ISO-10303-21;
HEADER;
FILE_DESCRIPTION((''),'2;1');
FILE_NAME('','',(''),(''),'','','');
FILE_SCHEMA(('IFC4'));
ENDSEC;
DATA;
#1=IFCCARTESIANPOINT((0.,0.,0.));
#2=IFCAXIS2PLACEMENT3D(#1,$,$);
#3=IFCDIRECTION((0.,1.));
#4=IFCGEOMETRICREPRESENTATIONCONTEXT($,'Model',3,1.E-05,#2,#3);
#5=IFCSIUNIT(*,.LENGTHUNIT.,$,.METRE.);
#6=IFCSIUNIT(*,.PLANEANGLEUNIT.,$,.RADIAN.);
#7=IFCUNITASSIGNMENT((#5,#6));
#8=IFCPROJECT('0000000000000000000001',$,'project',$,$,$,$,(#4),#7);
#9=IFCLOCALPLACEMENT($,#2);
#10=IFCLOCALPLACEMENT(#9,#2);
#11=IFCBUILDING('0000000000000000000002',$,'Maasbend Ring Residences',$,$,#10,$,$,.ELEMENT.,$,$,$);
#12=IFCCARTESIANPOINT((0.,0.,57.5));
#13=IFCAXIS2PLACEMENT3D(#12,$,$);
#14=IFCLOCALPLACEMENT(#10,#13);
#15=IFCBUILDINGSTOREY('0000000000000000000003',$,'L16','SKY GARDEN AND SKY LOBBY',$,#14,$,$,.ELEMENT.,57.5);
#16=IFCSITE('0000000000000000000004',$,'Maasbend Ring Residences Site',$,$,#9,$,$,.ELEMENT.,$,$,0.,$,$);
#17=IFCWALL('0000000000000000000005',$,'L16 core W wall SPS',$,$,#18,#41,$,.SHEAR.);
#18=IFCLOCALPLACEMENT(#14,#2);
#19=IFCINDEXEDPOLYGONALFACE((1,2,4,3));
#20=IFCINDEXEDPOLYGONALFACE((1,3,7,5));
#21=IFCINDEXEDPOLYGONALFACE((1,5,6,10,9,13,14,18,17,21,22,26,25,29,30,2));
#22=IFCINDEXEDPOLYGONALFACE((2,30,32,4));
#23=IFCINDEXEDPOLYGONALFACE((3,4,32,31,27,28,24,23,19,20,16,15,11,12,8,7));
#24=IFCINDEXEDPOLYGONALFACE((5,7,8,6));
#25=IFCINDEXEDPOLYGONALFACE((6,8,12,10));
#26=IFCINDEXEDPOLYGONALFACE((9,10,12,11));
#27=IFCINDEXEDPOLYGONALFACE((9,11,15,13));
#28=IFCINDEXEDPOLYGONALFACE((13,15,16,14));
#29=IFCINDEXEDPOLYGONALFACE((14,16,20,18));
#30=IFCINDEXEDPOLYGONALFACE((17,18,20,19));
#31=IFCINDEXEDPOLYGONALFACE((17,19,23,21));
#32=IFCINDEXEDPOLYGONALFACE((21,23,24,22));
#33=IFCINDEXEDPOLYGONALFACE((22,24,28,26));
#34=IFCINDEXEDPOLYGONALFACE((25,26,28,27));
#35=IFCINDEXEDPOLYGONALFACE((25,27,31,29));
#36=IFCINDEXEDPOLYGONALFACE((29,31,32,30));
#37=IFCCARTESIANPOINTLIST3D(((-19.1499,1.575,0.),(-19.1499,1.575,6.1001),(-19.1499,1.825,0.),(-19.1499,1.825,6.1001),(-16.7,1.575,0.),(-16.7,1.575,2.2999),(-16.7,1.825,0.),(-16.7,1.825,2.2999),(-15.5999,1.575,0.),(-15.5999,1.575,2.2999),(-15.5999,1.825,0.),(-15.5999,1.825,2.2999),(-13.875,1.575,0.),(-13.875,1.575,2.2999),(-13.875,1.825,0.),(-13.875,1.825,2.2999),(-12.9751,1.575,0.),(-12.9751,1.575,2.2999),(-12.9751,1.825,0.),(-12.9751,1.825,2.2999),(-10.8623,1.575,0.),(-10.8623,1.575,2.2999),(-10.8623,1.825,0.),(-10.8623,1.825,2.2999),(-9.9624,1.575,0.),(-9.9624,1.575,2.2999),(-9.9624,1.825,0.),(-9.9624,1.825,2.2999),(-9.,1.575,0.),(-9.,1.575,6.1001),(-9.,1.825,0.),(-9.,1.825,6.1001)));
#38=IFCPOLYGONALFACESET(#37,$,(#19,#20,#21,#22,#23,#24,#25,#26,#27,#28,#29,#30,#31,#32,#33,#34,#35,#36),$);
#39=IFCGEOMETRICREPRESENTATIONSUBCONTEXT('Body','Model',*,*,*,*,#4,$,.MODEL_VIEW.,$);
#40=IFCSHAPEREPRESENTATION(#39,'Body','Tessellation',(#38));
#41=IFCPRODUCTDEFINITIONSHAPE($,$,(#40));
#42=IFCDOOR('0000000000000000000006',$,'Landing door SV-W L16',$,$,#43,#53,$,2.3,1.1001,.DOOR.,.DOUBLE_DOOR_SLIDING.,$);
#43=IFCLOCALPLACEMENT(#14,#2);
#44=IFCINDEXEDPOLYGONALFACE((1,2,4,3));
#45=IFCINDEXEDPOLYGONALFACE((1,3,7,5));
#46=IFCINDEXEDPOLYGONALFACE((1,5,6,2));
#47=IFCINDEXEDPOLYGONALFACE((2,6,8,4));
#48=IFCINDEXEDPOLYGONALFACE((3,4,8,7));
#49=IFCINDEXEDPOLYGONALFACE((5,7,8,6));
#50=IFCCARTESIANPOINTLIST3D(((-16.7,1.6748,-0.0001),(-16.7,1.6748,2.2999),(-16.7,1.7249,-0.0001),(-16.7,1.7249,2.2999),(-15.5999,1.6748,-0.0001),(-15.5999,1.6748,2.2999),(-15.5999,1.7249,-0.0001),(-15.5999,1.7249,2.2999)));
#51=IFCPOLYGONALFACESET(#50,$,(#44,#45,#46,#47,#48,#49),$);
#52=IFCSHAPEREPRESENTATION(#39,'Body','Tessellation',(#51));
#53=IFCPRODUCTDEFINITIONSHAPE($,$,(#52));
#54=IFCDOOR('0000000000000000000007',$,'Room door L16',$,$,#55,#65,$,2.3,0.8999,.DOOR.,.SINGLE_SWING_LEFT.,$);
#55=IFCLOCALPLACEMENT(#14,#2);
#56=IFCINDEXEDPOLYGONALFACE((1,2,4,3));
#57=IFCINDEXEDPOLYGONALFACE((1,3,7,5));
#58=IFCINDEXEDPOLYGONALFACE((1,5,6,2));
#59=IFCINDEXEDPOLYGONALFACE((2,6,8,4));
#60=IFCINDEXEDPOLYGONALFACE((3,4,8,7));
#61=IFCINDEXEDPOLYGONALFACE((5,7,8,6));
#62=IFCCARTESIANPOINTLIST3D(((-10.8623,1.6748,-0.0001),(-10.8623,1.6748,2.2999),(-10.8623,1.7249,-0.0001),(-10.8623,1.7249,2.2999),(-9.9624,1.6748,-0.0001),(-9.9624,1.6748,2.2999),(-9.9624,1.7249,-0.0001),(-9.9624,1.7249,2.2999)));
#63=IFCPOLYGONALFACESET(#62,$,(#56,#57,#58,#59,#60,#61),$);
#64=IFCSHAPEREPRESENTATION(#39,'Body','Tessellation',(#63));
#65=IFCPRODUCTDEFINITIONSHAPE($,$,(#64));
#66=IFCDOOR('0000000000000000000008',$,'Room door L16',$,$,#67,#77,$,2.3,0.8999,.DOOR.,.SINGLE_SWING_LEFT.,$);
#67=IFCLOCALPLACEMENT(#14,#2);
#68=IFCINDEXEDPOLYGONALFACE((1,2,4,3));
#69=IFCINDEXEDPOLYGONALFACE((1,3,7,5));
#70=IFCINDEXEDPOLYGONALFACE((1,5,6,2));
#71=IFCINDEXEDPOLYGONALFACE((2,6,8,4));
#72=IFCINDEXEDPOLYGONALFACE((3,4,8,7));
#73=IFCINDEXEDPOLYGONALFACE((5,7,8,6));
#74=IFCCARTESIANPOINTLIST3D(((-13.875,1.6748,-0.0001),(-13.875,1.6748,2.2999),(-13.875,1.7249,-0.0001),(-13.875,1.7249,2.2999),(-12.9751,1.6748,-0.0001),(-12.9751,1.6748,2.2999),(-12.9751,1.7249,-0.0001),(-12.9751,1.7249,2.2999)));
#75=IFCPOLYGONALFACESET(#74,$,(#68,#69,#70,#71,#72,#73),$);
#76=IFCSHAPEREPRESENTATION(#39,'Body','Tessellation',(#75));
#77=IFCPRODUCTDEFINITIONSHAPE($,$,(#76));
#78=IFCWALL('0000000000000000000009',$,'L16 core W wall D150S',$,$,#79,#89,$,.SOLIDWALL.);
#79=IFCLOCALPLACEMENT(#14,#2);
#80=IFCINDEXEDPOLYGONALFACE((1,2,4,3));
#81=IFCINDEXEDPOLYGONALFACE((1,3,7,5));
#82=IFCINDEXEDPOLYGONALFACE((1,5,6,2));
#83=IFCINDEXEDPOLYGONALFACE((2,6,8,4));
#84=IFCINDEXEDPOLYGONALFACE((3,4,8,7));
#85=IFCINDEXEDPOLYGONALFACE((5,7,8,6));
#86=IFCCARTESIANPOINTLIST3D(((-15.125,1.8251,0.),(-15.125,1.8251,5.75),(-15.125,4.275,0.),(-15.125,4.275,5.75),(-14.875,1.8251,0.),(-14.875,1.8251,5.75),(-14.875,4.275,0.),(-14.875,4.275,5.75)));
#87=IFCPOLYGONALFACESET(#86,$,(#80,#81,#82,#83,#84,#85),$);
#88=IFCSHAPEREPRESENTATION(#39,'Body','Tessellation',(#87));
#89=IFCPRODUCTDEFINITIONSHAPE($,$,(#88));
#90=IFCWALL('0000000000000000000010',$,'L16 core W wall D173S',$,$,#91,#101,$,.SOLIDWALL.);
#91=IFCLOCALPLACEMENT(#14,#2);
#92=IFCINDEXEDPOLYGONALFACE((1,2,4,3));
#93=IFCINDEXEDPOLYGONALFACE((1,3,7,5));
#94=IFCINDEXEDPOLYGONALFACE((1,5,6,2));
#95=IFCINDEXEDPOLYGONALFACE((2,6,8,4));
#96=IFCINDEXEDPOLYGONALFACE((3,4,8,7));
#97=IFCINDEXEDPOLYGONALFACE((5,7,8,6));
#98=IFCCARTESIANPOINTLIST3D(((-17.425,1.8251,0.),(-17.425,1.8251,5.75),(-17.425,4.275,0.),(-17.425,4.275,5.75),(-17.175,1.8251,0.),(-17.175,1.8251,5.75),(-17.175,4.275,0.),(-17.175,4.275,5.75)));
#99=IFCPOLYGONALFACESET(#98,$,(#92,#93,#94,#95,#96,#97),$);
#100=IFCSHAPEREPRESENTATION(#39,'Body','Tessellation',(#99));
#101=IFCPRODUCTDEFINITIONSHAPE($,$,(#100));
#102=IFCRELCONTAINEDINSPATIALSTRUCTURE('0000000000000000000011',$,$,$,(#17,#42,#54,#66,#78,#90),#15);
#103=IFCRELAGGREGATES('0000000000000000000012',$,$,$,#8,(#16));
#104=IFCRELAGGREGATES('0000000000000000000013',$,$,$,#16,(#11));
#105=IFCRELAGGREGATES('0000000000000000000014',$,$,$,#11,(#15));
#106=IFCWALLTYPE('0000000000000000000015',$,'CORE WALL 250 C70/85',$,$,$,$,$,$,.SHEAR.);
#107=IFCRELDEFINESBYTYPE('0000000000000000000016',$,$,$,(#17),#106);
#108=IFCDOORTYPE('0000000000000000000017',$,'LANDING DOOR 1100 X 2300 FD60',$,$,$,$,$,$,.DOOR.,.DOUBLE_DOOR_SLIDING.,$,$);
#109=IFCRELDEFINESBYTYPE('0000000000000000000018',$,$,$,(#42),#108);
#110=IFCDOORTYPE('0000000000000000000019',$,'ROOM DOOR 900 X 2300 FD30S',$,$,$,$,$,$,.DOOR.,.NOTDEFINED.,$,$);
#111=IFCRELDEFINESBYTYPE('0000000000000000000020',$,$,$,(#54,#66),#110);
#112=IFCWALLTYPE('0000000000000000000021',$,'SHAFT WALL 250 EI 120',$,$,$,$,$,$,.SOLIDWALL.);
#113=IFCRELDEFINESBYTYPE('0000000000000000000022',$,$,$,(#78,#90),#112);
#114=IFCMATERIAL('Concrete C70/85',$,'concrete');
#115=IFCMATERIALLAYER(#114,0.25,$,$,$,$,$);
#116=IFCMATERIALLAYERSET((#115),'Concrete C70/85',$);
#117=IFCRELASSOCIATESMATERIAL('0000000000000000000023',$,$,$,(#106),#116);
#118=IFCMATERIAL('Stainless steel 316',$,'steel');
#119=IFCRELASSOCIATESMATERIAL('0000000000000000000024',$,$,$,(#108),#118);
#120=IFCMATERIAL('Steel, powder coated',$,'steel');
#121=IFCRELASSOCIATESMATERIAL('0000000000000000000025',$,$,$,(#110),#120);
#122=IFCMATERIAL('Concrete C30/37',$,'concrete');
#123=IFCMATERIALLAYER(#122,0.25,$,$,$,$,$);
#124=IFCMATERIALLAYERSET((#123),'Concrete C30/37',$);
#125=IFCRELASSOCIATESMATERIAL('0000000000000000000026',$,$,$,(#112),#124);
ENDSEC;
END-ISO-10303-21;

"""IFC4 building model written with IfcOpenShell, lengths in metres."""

from ifc_helpers import new_model, si_unit, direction, frame, frame_2d, origin, place, context, subcontext, project, spatial, rectangle, extrude, material, layer, layer_set, type_object, element, fill, save


model = new_model("IFC4")

# Units and contexts
model_context = context("Model", 3, precision=1e-05, world=origin(), true_north=direction((0.0, 1.0)))
body_context = subcontext(model_context, "Body", "Model", "MODEL_VIEW")
ifc_project = project(units=[si_unit("LENGTHUNIT", "METRE"), si_unit("PLANEANGLEUNIT", "RADIAN")], contexts=[model_context])

# Site, building, storey
site_placement = place(None, origin())
site = spatial("IfcSite", under=ifc_project, at=site_placement, Name="Maasbend Ring Residences Site", CompositionType="ELEMENT", RefElevation=0.0)
building_placement = place(site_placement, origin())
building = spatial("IfcBuilding", under=site, at=building_placement, Name="Maasbend Ring Residences", CompositionType="ELEMENT")
storey_placement = place(building_placement, frame((0.0, 0.0, 57.5)))
storey = spatial("IfcBuildingStorey", under=building, at=storey_placement, Name="L16", Description="SKY GARDEN AND SKY LOBBY", CompositionType="ELEMENT", Elevation=57.5)

# Wall, openings, doors
ifc_material_1 = material(Name="Concrete C70/85", Category="concrete")
ifc_layer_1 = layer(ifc_material_1, 0.25)
ifc_layer_set_1 = layer_set([ifc_layer_1], Name="Concrete C70/85")
wall_type_1 = type_object("IfcWallType", Name="CORE WALL 250 C70/85", PredefinedType="SHEAR", material=ifc_layer_set_1)
wall_placement = place(storey_placement, frame((-19.1499, 1.7, 0.0), z_axis=(0.0, 0.0, 1.0), x_axis=(1.0, 0.0, 0.0)))
wall = element("IfcWall", 1, at=wall_placement, inside=storey, type_object=wall_type_1, Name="L16 core W wall SPS", PredefinedType="SHEAR", context=body_context, shape_type="SweptSolid", body=[
    extrude(rectangle(XDim=10.1499, YDim=0.25, at=frame_2d((5.075, 0.0))), origin(), (0.0, 0.0, 1.0), 6.1001),
])
opening_1_placement = place(wall_placement, frame((2.45, 0.0, 0.0)))
opening_1 = element("IfcOpeningElement", 2, at=opening_1_placement, cuts=wall, PredefinedType="OPENING", context=body_context, shape_type="SweptSolid", body=[
    extrude(rectangle(XDim=1.1001, YDim=2.3, at=frame_2d((0.55, 1.1499))), frame((0.0, 0.135, 0.0), z_axis=(0.0, -1.0, 0.0), x_axis=(1.0, 0.0, 0.0)), (0.0, 0.0, 1.0), 0.27),
])
opening_2_placement = place(wall_placement, frame((8.2876, 0.0, 0.0)))
opening_2 = element("IfcOpeningElement", 3, at=opening_2_placement, cuts=wall, PredefinedType="OPENING", context=body_context, shape_type="SweptSolid", body=[
    extrude(rectangle(XDim=0.8999, YDim=2.3, at=frame_2d((0.45, 1.1499))), frame((0.0, 0.135, 0.0), z_axis=(0.0, -1.0, 0.0), x_axis=(1.0, 0.0, 0.0)), (0.0, 0.0, 1.0), 0.27),
])
opening_3_placement = place(wall_placement, frame((5.2749, 0.0, 0.0)))
opening_3 = element("IfcOpeningElement", 4, at=opening_3_placement, cuts=wall, PredefinedType="OPENING", context=body_context, shape_type="SweptSolid", body=[
    extrude(rectangle(XDim=0.8999, YDim=2.3, at=frame_2d((0.45, 1.1499))), frame((0.0, 0.135, 0.0), z_axis=(0.0, -1.0, 0.0), x_axis=(1.0, 0.0, 0.0)), (0.0, 0.0, 1.0), 0.27),
])
ifc_material_2 = material(Name="Stainless steel 316", Category="steel")
door_type_1 = type_object("IfcDoorType", Name="LANDING DOOR 1100 X 2300 FD60", OperationType="DOUBLE_DOOR_SLIDING", PredefinedType="DOOR", material=ifc_material_2)
door_1_placement = place(opening_1_placement, origin())
door_1 = element("IfcDoor", 5, at=door_1_placement, inside=storey, type_object=door_type_1, Name="Landing door SV-W L16", OperationType="DOUBLE_DOOR_SLIDING", OverallHeight=2.3, OverallWidth=1.1001, PredefinedType="DOOR", context=body_context, shape_type="SweptSolid", body=[
    extrude(rectangle(XDim=1.1001, YDim=2.3, at=frame_2d((0.55, 1.1499))), frame((0.0, 0.0249, 0.0), z_axis=(0.0, -1.0, 0.0), x_axis=(1.0, 0.0, 0.0)), (0.0, 0.0, 1.0), 0.05),
])
fill(opening_1, door_1)
ifc_material_3 = material(Name="Steel, powder coated", Category="steel")
door_type_2 = type_object("IfcDoorType", Name="ROOM DOOR 900 X 2300 FD30S", OperationType="NOTDEFINED", PredefinedType="DOOR", material=ifc_material_3)
door_2_placement = place(opening_2_placement, origin())
door_2 = element("IfcDoor", 6, at=door_2_placement, inside=storey, type_object=door_type_2, Name="Room door L16", OperationType="SINGLE_SWING_LEFT", OverallHeight=2.3, OverallWidth=0.8999, PredefinedType="DOOR", context=body_context, shape_type="SweptSolid", body=[
    extrude(rectangle(XDim=0.8999, YDim=2.3, at=frame_2d((0.45, 1.1499))), frame((0.0, 0.0249, 0.0), z_axis=(0.0, -1.0, 0.0), x_axis=(1.0, 0.0, 0.0)), (0.0, 0.0, 1.0), 0.05),
])
fill(opening_2, door_2)
door_3_placement = place(opening_3_placement, origin())
door_3 = element("IfcDoor", 7, at=door_3_placement, inside=storey, type_object=door_type_2, Name="Room door L16", OperationType="SINGLE_SWING_LEFT", OverallHeight=2.3, OverallWidth=0.8999, PredefinedType="DOOR", context=body_context, shape_type="SweptSolid", body=[
    extrude(rectangle(XDim=0.8999, YDim=2.3, at=frame_2d((0.45, 1.1499))), frame((0.0, 0.0249, 0.0), z_axis=(0.0, -1.0, 0.0), x_axis=(1.0, 0.0, 0.0)), (0.0, 0.0, 1.0), 0.05),
])
fill(opening_3, door_3)

# Walls
ifc_material_4 = material(Name="Concrete C30/37", Category="concrete")
ifc_layer_2 = layer(ifc_material_4, 0.25)
ifc_layer_set_2 = layer_set([ifc_layer_2], Name="Concrete C30/37")
wall_type_2 = type_object("IfcWallType", Name="SHAFT WALL 250 EI 120", PredefinedType="SOLIDWALL", material=ifc_layer_set_2)
for number, where, z_axis, x_axis, name in (
    (8, (-15.0, 1.825, 0.0), (0.0, 0.0, 1.0), (0.0, 1.0, 0.0), "L16 core W wall D150S"),
    (9, (-17.3, 1.825, 0.0), (0.0, 0.0, 1.0), (0.0, 1.0, 0.0), "L16 core W wall D173S"),
):
    element("IfcWall", number, at=place(storey_placement, frame(where, z_axis=z_axis, x_axis=x_axis)), inside=storey, type_object=wall_type_2, Name=name, PredefinedType="SOLIDWALL", context=body_context, shape_type="SweptSolid", body=[
        extrude(rectangle(XDim=2.45, YDim=0.25, at=frame_2d((1.2251, 0.0))), origin(), (0.0, 0.0, 1.0), 5.75),
    ])

save(model, "model.ifc")
